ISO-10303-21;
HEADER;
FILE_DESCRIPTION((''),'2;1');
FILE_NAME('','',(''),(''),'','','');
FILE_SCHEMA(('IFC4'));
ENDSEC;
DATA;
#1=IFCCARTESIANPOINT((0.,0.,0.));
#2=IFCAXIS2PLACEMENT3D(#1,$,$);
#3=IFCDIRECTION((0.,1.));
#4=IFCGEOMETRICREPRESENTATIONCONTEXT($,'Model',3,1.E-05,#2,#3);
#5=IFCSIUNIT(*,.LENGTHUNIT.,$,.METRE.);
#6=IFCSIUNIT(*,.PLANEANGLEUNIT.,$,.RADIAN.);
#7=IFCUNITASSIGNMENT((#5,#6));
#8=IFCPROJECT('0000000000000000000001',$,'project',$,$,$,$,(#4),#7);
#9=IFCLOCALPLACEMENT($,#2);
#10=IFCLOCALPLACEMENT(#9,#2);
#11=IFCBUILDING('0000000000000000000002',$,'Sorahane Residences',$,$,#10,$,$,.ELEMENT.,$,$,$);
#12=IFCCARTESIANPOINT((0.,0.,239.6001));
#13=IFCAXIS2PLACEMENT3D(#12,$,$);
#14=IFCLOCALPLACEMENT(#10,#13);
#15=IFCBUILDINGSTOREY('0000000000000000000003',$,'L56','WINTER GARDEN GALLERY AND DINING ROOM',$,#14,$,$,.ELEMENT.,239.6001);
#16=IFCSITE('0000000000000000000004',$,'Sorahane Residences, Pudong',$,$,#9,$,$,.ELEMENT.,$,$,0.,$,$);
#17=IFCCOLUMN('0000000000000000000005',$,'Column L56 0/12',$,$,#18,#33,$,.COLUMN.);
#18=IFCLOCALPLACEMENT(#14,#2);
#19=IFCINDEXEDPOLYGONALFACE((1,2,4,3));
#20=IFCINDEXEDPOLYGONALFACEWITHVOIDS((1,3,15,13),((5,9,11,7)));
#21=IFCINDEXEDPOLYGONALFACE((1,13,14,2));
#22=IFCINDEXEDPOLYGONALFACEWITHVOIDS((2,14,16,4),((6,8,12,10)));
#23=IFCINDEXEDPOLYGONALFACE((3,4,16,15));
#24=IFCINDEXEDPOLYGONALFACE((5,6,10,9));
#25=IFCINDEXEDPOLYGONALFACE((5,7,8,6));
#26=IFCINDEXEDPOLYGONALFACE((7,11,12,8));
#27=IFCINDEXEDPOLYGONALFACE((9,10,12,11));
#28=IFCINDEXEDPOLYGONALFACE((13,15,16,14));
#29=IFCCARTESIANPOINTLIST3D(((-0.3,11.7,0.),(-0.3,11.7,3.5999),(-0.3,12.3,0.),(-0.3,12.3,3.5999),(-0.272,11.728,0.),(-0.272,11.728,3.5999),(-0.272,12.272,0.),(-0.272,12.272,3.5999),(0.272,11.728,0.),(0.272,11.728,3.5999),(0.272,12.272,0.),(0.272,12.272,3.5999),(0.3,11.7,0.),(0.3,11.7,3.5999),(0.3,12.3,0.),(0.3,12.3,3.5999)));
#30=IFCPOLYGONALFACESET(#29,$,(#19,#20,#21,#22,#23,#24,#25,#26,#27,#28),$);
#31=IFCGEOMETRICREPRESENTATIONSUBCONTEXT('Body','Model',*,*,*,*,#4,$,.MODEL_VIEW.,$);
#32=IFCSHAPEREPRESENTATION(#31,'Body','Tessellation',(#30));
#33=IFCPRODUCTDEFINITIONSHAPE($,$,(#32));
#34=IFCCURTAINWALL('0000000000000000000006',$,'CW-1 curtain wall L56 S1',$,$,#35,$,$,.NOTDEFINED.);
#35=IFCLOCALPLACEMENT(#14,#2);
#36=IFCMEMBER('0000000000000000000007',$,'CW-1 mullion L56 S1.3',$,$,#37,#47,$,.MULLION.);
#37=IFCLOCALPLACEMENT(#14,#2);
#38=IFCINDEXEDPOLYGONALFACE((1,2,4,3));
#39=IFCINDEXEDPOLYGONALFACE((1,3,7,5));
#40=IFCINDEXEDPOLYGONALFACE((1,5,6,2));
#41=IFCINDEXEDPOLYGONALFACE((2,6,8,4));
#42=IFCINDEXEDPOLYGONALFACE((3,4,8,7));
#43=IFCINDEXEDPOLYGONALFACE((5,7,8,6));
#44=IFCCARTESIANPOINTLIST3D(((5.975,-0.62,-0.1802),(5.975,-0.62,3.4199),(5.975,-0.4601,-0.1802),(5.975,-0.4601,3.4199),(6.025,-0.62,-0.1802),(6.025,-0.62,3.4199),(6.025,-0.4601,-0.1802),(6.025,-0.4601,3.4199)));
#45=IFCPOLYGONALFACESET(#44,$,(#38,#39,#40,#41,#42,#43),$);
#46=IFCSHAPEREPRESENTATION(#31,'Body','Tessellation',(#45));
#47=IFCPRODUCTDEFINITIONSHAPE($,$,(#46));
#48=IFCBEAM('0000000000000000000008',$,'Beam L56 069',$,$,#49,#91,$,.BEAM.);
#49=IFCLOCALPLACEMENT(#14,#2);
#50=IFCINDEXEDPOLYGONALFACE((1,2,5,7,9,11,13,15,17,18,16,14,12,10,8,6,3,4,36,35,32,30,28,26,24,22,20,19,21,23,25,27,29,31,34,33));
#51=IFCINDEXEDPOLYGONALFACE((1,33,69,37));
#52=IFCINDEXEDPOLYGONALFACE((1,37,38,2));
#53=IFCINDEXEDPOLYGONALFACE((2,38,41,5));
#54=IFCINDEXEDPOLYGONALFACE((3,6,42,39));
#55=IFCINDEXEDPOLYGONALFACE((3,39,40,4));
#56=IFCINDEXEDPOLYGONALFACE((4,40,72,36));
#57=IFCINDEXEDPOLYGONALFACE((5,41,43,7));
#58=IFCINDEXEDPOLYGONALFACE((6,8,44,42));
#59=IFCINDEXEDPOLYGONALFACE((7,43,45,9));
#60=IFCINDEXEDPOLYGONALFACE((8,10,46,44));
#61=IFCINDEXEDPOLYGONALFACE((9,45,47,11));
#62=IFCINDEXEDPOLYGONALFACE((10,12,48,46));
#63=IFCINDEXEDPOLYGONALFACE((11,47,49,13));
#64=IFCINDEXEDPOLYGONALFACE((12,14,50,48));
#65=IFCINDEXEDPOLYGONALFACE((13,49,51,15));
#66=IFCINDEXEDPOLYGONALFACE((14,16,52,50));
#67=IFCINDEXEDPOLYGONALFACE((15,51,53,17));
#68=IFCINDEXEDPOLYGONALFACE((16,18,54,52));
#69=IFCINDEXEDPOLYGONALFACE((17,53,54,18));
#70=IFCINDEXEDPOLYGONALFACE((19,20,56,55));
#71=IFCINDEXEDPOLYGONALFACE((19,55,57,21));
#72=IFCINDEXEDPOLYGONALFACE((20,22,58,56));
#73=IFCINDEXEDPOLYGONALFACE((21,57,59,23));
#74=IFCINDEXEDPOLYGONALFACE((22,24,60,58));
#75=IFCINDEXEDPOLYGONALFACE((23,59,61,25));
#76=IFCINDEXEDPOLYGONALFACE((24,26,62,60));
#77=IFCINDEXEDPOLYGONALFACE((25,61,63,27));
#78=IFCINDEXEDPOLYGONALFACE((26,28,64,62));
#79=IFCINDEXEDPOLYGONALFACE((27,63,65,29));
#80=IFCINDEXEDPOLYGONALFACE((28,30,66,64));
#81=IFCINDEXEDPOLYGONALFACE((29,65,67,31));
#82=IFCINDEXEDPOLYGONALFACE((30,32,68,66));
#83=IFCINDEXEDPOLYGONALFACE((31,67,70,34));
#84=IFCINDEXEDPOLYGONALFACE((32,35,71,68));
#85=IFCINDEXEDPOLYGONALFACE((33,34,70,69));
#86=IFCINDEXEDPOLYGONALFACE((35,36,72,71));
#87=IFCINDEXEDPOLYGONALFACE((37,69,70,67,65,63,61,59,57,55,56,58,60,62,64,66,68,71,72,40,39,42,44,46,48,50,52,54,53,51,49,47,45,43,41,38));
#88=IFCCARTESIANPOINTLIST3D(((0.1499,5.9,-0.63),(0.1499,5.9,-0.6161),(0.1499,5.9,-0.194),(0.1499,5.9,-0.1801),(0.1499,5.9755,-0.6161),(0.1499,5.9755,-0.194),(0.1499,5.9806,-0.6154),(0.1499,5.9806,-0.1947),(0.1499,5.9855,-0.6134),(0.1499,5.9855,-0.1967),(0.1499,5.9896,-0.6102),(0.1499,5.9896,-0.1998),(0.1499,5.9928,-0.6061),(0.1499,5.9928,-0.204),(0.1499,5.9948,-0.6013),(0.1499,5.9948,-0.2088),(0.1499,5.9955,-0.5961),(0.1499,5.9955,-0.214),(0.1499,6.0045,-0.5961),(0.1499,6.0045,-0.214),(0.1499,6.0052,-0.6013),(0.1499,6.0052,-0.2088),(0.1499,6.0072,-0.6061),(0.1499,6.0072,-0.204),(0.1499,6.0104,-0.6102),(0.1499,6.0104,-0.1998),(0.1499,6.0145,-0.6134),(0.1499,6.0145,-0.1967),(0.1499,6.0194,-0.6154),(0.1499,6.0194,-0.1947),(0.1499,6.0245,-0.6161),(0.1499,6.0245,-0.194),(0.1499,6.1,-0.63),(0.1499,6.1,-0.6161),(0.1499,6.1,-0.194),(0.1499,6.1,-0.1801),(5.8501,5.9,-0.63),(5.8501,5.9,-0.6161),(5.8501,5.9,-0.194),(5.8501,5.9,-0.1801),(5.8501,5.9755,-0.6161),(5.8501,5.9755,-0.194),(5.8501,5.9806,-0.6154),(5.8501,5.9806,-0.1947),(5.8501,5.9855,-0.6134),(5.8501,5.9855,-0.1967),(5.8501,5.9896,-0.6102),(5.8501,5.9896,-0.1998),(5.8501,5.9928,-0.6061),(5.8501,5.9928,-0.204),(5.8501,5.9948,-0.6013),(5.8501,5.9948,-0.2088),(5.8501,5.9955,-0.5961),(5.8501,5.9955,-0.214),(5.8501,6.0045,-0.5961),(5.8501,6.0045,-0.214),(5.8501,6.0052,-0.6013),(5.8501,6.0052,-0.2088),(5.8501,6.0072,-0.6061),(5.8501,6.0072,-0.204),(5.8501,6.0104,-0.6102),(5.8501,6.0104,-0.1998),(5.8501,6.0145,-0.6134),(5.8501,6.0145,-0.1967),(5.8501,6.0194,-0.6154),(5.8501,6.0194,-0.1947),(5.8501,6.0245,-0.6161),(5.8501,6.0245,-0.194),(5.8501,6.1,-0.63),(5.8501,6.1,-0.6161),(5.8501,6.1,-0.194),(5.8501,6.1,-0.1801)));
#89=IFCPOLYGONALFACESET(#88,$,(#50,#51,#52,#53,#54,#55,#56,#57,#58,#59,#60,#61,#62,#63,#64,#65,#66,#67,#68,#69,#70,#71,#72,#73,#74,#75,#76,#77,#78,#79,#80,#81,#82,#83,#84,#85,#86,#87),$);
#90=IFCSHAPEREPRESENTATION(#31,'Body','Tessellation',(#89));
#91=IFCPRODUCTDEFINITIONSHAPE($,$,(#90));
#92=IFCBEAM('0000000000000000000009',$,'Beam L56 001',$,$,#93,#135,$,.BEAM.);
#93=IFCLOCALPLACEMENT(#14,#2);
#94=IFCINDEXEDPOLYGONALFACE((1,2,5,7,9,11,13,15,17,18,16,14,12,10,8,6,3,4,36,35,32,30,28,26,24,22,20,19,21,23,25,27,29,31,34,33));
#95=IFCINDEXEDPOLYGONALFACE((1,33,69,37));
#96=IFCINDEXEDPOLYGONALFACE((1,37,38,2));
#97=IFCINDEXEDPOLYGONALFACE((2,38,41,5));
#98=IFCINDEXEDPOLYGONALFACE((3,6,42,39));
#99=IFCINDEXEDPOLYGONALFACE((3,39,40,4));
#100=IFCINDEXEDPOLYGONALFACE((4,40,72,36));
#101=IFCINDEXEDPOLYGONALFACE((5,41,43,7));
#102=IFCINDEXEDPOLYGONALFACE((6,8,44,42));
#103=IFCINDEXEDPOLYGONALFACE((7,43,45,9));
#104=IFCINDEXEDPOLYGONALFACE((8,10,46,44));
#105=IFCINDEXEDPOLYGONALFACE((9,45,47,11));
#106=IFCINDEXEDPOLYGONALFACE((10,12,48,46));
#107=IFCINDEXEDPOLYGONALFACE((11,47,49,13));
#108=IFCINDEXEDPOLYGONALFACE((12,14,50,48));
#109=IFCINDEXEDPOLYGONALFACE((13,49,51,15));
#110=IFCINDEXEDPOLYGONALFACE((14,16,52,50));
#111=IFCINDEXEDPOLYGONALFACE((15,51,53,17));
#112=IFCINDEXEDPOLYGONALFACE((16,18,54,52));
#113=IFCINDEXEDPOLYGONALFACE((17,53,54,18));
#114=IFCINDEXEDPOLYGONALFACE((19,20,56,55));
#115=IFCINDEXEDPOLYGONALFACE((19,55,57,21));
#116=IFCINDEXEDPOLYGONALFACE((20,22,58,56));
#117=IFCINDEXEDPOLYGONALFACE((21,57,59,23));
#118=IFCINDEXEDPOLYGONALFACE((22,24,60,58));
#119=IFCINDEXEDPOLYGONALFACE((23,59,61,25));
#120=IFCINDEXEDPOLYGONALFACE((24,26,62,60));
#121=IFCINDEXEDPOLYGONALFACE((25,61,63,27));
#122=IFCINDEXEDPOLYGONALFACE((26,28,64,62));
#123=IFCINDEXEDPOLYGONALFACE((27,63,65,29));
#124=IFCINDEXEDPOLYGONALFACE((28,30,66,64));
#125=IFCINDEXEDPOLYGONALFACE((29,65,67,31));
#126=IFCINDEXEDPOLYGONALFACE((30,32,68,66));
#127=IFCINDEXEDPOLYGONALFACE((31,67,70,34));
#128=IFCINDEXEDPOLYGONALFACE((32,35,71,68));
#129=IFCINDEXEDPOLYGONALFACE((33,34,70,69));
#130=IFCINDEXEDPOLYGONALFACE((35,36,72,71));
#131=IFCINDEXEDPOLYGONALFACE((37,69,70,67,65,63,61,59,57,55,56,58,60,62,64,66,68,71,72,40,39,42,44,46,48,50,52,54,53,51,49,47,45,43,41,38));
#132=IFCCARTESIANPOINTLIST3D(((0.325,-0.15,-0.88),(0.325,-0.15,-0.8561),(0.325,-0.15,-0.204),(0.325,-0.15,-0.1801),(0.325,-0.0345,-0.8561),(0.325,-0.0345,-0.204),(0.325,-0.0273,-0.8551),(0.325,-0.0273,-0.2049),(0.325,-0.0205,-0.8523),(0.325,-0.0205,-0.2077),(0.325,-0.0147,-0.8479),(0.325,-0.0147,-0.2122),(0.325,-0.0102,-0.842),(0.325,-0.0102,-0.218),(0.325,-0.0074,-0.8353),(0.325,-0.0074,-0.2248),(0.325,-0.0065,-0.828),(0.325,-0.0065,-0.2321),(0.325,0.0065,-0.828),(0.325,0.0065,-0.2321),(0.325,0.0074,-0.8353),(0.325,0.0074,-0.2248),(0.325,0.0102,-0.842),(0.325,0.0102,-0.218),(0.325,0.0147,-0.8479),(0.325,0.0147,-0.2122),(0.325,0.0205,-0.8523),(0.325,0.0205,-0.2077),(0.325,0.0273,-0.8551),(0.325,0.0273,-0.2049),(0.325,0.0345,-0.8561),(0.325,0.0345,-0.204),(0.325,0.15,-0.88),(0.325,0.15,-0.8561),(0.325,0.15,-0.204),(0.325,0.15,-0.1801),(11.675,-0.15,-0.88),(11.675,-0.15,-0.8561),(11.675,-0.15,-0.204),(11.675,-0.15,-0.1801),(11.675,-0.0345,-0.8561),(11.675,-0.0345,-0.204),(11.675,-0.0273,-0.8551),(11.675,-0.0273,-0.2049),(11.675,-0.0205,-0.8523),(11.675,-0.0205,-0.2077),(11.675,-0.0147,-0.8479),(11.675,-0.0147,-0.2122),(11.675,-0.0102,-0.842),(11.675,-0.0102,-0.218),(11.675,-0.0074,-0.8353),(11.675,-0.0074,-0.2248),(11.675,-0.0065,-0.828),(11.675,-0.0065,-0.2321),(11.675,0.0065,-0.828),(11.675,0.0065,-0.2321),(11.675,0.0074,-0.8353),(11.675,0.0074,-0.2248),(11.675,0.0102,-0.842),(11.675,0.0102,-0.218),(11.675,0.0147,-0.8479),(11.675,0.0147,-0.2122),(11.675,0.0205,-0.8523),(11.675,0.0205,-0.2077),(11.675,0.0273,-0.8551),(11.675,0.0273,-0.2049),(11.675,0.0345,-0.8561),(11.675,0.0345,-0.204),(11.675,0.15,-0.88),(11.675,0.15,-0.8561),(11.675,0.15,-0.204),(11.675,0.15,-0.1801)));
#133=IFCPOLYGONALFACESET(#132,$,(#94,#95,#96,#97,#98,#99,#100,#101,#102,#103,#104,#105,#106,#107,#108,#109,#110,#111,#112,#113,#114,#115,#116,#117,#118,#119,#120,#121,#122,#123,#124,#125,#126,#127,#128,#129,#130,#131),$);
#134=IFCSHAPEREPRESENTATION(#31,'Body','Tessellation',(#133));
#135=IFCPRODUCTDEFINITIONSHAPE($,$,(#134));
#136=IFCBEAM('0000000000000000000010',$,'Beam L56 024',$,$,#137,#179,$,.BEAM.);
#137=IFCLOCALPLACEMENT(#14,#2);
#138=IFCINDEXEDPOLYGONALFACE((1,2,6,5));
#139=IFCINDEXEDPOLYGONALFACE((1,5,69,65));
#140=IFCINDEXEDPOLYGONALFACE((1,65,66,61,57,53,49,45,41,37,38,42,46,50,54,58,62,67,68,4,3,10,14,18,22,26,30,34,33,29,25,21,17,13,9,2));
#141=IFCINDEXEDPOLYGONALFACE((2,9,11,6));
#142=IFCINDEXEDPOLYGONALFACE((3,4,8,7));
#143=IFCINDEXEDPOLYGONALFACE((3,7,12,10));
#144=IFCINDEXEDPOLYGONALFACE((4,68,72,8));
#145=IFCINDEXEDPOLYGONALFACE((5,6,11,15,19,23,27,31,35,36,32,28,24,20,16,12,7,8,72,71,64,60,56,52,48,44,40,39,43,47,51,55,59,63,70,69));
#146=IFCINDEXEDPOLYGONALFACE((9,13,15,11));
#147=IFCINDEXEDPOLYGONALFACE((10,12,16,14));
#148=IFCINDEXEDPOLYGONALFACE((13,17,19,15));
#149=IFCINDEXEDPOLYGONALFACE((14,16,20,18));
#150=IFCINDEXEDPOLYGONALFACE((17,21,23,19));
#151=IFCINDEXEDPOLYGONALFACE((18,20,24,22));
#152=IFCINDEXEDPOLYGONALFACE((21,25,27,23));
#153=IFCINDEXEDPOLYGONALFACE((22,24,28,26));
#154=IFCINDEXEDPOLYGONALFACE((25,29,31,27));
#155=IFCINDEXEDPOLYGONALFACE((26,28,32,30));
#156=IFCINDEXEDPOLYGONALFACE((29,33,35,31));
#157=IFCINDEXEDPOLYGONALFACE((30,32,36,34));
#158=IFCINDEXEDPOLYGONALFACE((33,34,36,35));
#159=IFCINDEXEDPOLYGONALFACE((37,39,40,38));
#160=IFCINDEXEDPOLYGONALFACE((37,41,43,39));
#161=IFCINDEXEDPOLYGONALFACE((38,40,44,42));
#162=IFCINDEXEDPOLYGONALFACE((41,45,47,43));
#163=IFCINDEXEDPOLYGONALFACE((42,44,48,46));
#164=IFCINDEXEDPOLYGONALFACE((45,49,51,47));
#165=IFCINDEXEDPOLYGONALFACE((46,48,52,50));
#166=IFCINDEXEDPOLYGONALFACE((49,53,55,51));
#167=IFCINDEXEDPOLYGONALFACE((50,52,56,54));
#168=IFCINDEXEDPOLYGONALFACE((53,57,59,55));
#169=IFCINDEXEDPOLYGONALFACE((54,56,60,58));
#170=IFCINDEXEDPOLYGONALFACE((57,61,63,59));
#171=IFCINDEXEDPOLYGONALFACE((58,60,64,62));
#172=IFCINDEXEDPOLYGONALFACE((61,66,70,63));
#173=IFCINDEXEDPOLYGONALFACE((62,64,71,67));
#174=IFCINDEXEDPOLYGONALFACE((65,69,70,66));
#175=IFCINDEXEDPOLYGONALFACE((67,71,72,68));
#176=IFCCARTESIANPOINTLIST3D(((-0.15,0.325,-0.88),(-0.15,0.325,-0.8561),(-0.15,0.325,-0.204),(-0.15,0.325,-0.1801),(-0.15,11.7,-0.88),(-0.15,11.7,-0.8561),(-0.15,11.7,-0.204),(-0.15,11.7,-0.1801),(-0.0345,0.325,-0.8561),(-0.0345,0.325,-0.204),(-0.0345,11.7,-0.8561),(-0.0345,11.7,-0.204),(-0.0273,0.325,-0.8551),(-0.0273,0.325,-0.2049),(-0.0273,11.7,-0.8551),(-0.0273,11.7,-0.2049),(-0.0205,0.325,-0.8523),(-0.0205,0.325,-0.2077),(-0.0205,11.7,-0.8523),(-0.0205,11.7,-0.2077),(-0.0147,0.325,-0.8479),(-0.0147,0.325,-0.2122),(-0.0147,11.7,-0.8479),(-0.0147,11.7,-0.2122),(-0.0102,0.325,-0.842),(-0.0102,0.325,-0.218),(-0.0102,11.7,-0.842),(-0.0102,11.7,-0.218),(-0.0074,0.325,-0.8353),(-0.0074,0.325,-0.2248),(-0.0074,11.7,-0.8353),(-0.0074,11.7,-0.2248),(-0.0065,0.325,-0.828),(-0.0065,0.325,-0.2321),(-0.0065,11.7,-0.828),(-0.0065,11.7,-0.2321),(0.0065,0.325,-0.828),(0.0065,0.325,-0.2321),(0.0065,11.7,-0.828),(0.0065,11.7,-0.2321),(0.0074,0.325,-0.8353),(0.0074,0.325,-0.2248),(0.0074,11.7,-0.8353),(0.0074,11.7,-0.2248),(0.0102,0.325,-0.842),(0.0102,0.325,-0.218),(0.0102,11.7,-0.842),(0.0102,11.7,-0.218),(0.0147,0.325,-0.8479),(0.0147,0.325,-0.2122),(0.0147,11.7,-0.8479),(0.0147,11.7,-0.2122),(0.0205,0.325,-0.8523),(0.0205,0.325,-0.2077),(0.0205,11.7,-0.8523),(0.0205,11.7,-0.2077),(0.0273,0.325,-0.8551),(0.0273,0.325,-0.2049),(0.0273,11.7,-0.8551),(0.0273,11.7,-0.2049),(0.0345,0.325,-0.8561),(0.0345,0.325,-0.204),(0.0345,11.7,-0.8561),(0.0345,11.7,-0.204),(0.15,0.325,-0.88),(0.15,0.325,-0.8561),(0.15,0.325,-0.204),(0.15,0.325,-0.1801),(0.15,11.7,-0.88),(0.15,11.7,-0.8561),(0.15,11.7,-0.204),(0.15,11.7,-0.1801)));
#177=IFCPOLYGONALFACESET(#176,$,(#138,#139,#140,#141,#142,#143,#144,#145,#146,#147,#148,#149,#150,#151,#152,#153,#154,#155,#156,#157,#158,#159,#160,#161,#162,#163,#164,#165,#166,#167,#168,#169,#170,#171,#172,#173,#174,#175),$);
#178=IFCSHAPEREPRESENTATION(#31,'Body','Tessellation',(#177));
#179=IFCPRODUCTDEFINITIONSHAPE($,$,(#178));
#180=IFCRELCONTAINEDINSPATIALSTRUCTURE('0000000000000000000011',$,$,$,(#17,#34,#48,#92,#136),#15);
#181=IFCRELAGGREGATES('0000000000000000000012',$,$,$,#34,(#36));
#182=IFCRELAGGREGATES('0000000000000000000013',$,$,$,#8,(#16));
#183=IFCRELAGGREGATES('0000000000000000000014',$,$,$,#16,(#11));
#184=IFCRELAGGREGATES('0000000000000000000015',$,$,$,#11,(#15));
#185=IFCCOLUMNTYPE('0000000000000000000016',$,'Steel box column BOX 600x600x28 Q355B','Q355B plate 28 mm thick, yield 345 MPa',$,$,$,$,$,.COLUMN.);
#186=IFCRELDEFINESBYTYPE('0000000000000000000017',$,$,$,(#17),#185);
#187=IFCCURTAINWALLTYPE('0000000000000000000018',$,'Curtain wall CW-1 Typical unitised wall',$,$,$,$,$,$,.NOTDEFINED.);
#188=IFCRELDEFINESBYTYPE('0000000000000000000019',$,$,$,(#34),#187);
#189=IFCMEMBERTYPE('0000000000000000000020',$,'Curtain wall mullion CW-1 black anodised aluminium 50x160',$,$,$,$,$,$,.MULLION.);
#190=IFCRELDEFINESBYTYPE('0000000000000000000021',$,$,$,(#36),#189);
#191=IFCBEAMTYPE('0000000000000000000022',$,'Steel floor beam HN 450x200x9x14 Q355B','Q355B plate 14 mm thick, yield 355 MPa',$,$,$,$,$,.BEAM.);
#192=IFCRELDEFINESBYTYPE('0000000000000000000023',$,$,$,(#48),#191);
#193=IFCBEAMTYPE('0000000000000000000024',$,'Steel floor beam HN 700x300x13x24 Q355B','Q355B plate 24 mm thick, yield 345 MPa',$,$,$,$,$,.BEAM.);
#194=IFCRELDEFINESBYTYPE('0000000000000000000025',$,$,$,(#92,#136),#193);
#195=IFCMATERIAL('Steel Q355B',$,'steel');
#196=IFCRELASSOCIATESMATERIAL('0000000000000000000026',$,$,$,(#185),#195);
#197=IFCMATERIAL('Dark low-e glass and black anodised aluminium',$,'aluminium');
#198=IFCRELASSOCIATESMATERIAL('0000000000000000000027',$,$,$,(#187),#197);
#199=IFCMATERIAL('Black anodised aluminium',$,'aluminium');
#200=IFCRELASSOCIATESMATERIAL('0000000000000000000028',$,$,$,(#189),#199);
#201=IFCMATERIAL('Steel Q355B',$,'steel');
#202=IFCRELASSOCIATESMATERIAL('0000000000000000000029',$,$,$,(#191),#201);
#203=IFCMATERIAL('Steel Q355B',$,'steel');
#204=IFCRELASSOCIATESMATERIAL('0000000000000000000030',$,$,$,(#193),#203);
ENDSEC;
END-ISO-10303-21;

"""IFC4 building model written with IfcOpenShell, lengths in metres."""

from ifc_helpers import new_model, si_unit, direction, frame, origin, origin_2d, place, context, subcontext, project, spatial, rectangle, hollow_rectangle, i_section, extrude, material, material_profile, profile_set, type_object, element, aggregate, save


model = new_model("IFC4")

# Units and contexts
model_context = context("Model", 3, precision=1e-05, world=origin(), true_north=direction((0.0, 1.0)))
body_context = subcontext(model_context, "Body", "Model", "MODEL_VIEW")
ifc_project = project(units=[si_unit("LENGTHUNIT", "METRE"), si_unit("PLANEANGLEUNIT", "RADIAN")], contexts=[model_context])

# Site, building, storey
site_placement = place(None, origin())
site = spatial("IfcSite", under=ifc_project, at=site_placement, Name="Sorahane Residences, Pudong", CompositionType="ELEMENT", RefElevation=0.0)
building_placement = place(site_placement, origin())
building = spatial("IfcBuilding", under=site, at=building_placement, Name="Sorahane Residences", CompositionType="ELEMENT")
storey_placement = place(building_placement, frame((0.0, 0.0, 239.6001)))
storey = spatial("IfcBuildingStorey", under=building, at=storey_placement, Name="L56", Description="WINTER GARDEN GALLERY AND DINING ROOM", CompositionType="ELEMENT", Elevation=239.6001)

# Column
ifc_material_1 = material(Name="Steel Q355B", Category="steel")
ifc_material_profile_1 = material_profile(ifc_material_1, hollow_rectangle(XDim=0.6001, YDim=0.6001, WallThickness=0.0281, at=origin_2d()), Name="BOX 600x600x28")
ifc_profile_set_1 = profile_set([ifc_material_profile_1], Name="Steel Q355B")
column_type = type_object("IfcColumnType", Name="Steel box column BOX 600x600x28 Q355B", Description="Q355B plate 28 mm thick, yield 345 MPa", PredefinedType="COLUMN", material=ifc_profile_set_1)
column_placement = place(storey_placement, frame((0.0, 12.0, 0.0), z_axis=(0.0, 0.0, 1.0), x_axis=(1.0, 0.0, 0.0)))
element("IfcColumn", 1, at=column_placement, inside=storey, type_object=column_type, Name="Column L56 0/12", PredefinedType="COLUMN", context=body_context, shape_type="SweptSolid", body=[
    extrude(hollow_rectangle(XDim=0.6001, YDim=0.6001, WallThickness=0.0281, at=origin_2d()), origin(), (0.0, 0.0, 1.0), 3.5999),
])

# Curtain wall, member
ifc_material_2 = material(Name="Dark low-e glass and black anodised aluminium", Category="aluminium")
curtain_wall_type = type_object("IfcCurtainWallType", Name="Curtain wall CW-1 Typical unitised wall", PredefinedType="NOTDEFINED", material=ifc_material_2)
curtain_wall_placement = place(storey_placement, origin())
curtain_wall = element("IfcCurtainWall", 2, at=curtain_wall_placement, inside=storey, type_object=curtain_wall_type, Name="CW-1 curtain wall L56 S1", PredefinedType="NOTDEFINED")
ifc_material_3 = material(Name="Black anodised aluminium", Category="aluminium")
ifc_material_profile_2 = material_profile(ifc_material_3, rectangle(XDim=0.1599, YDim=0.05, at=origin_2d()), Name="Curtain wall mullion CW-1 black anodised aluminium 50x160")
ifc_profile_set_2 = profile_set([ifc_material_profile_2], Name="Black anodised aluminium")
member_type = type_object("IfcMemberType", Name="Curtain wall mullion CW-1 black anodised aluminium 50x160", PredefinedType="MULLION", material=ifc_profile_set_2)
member_placement = place(storey_placement, frame((6.0, -0.54, -0.1802), z_axis=(0.0, 0.0, 1.0), x_axis=(0.0, -1.0, 0.0)))
member = element("IfcMember", 3, at=member_placement, type_object=member_type, Name="CW-1 mullion L56 S1.3", PredefinedType="MULLION", context=body_context, shape_type="SweptSolid", body=[
    extrude(rectangle(XDim=0.1599, YDim=0.05, at=origin_2d()), origin(), (0.0, 0.0, 1.0), 3.6001),
])

# Beams
ifc_material_4 = material(Name="Steel Q355B", Category="steel")
ifc_material_profile_3 = material_profile(ifc_material_4, i_section(OverallWidth=0.2, OverallDepth=0.45, WebThickness=0.009, FlangeThickness=0.0139, FilletRadius=0.02, at=origin_2d()), Name="HN 450x200x9x14")
ifc_profile_set_3 = profile_set([ifc_material_profile_3], Name="Steel Q355B")
beam_type_1 = type_object("IfcBeamType", Name="Steel floor beam HN 450x200x9x14 Q355B", Description="Q355B plate 14 mm thick, yield 355 MPa", PredefinedType="BEAM", material=ifc_profile_set_3)
beam_1_placement = place(storey_placement, frame((0.1499, 6.0, -0.405), z_axis=(1.0, 0.0, 0.0), x_axis=(0.0, 1.0, 0.0)))
element("IfcBeam", 4, at=beam_1_placement, inside=storey, type_object=beam_type_1, Name="Beam L56 069", PredefinedType="BEAM", context=body_context, shape_type="SweptSolid", body=[
    extrude(i_section(OverallWidth=0.2, OverallDepth=0.45, WebThickness=0.009, FlangeThickness=0.0139, FilletRadius=0.02, at=origin_2d()), origin(), (0.0, 0.0, 1.0), 5.7002),
])
ifc_material_5 = material(Name="Steel Q355B", Category="steel")
ifc_material_profile_4 = material_profile(ifc_material_5, i_section(OverallWidth=0.3, OverallDepth=0.7, WebThickness=0.0129, FlangeThickness=0.0239, FilletRadius=0.0281, at=origin_2d()), Name="HN 700x300x13x24")
ifc_profile_set_4 = profile_set([ifc_material_profile_4], Name="Steel Q355B")
beam_type_2 = type_object("IfcBeamType", Name="Steel floor beam HN 700x300x13x24 Q355B", Description="Q355B plate 24 mm thick, yield 345 MPa", PredefinedType="BEAM", material=ifc_profile_set_4)
beam_2_placement = place(storey_placement, frame((0.325, 0.0, -0.53), z_axis=(1.0, 0.0, 0.0), x_axis=(0.0, 1.0, 0.0)))
element("IfcBeam", 5, at=beam_2_placement, inside=storey, type_object=beam_type_2, Name="Beam L56 001", PredefinedType="BEAM", context=body_context, shape_type="SweptSolid", body=[
    extrude(i_section(OverallWidth=0.3, OverallDepth=0.7, WebThickness=0.0129, FlangeThickness=0.0239, FilletRadius=0.0281, at=origin_2d()), origin(), (0.0, 0.0, 1.0), 11.3501),
])
beam_3_placement = place(storey_placement, frame((0.0, 0.325, -0.53), z_axis=(0.0, 1.0, 0.0), x_axis=(-1.0, 0.0, 0.0)))
element("IfcBeam", 6, at=beam_3_placement, inside=storey, type_object=beam_type_2, Name="Beam L56 024", PredefinedType="BEAM", context=body_context, shape_type="SweptSolid", body=[
    extrude(i_section(OverallWidth=0.3, OverallDepth=0.7, WebThickness=0.0129, FlangeThickness=0.0239, FilletRadius=0.0281, at=origin_2d()), origin(), (0.0, 0.0, 1.0), 11.375),
])

aggregate(curtain_wall, [member])

save(model, "model.ifc")
